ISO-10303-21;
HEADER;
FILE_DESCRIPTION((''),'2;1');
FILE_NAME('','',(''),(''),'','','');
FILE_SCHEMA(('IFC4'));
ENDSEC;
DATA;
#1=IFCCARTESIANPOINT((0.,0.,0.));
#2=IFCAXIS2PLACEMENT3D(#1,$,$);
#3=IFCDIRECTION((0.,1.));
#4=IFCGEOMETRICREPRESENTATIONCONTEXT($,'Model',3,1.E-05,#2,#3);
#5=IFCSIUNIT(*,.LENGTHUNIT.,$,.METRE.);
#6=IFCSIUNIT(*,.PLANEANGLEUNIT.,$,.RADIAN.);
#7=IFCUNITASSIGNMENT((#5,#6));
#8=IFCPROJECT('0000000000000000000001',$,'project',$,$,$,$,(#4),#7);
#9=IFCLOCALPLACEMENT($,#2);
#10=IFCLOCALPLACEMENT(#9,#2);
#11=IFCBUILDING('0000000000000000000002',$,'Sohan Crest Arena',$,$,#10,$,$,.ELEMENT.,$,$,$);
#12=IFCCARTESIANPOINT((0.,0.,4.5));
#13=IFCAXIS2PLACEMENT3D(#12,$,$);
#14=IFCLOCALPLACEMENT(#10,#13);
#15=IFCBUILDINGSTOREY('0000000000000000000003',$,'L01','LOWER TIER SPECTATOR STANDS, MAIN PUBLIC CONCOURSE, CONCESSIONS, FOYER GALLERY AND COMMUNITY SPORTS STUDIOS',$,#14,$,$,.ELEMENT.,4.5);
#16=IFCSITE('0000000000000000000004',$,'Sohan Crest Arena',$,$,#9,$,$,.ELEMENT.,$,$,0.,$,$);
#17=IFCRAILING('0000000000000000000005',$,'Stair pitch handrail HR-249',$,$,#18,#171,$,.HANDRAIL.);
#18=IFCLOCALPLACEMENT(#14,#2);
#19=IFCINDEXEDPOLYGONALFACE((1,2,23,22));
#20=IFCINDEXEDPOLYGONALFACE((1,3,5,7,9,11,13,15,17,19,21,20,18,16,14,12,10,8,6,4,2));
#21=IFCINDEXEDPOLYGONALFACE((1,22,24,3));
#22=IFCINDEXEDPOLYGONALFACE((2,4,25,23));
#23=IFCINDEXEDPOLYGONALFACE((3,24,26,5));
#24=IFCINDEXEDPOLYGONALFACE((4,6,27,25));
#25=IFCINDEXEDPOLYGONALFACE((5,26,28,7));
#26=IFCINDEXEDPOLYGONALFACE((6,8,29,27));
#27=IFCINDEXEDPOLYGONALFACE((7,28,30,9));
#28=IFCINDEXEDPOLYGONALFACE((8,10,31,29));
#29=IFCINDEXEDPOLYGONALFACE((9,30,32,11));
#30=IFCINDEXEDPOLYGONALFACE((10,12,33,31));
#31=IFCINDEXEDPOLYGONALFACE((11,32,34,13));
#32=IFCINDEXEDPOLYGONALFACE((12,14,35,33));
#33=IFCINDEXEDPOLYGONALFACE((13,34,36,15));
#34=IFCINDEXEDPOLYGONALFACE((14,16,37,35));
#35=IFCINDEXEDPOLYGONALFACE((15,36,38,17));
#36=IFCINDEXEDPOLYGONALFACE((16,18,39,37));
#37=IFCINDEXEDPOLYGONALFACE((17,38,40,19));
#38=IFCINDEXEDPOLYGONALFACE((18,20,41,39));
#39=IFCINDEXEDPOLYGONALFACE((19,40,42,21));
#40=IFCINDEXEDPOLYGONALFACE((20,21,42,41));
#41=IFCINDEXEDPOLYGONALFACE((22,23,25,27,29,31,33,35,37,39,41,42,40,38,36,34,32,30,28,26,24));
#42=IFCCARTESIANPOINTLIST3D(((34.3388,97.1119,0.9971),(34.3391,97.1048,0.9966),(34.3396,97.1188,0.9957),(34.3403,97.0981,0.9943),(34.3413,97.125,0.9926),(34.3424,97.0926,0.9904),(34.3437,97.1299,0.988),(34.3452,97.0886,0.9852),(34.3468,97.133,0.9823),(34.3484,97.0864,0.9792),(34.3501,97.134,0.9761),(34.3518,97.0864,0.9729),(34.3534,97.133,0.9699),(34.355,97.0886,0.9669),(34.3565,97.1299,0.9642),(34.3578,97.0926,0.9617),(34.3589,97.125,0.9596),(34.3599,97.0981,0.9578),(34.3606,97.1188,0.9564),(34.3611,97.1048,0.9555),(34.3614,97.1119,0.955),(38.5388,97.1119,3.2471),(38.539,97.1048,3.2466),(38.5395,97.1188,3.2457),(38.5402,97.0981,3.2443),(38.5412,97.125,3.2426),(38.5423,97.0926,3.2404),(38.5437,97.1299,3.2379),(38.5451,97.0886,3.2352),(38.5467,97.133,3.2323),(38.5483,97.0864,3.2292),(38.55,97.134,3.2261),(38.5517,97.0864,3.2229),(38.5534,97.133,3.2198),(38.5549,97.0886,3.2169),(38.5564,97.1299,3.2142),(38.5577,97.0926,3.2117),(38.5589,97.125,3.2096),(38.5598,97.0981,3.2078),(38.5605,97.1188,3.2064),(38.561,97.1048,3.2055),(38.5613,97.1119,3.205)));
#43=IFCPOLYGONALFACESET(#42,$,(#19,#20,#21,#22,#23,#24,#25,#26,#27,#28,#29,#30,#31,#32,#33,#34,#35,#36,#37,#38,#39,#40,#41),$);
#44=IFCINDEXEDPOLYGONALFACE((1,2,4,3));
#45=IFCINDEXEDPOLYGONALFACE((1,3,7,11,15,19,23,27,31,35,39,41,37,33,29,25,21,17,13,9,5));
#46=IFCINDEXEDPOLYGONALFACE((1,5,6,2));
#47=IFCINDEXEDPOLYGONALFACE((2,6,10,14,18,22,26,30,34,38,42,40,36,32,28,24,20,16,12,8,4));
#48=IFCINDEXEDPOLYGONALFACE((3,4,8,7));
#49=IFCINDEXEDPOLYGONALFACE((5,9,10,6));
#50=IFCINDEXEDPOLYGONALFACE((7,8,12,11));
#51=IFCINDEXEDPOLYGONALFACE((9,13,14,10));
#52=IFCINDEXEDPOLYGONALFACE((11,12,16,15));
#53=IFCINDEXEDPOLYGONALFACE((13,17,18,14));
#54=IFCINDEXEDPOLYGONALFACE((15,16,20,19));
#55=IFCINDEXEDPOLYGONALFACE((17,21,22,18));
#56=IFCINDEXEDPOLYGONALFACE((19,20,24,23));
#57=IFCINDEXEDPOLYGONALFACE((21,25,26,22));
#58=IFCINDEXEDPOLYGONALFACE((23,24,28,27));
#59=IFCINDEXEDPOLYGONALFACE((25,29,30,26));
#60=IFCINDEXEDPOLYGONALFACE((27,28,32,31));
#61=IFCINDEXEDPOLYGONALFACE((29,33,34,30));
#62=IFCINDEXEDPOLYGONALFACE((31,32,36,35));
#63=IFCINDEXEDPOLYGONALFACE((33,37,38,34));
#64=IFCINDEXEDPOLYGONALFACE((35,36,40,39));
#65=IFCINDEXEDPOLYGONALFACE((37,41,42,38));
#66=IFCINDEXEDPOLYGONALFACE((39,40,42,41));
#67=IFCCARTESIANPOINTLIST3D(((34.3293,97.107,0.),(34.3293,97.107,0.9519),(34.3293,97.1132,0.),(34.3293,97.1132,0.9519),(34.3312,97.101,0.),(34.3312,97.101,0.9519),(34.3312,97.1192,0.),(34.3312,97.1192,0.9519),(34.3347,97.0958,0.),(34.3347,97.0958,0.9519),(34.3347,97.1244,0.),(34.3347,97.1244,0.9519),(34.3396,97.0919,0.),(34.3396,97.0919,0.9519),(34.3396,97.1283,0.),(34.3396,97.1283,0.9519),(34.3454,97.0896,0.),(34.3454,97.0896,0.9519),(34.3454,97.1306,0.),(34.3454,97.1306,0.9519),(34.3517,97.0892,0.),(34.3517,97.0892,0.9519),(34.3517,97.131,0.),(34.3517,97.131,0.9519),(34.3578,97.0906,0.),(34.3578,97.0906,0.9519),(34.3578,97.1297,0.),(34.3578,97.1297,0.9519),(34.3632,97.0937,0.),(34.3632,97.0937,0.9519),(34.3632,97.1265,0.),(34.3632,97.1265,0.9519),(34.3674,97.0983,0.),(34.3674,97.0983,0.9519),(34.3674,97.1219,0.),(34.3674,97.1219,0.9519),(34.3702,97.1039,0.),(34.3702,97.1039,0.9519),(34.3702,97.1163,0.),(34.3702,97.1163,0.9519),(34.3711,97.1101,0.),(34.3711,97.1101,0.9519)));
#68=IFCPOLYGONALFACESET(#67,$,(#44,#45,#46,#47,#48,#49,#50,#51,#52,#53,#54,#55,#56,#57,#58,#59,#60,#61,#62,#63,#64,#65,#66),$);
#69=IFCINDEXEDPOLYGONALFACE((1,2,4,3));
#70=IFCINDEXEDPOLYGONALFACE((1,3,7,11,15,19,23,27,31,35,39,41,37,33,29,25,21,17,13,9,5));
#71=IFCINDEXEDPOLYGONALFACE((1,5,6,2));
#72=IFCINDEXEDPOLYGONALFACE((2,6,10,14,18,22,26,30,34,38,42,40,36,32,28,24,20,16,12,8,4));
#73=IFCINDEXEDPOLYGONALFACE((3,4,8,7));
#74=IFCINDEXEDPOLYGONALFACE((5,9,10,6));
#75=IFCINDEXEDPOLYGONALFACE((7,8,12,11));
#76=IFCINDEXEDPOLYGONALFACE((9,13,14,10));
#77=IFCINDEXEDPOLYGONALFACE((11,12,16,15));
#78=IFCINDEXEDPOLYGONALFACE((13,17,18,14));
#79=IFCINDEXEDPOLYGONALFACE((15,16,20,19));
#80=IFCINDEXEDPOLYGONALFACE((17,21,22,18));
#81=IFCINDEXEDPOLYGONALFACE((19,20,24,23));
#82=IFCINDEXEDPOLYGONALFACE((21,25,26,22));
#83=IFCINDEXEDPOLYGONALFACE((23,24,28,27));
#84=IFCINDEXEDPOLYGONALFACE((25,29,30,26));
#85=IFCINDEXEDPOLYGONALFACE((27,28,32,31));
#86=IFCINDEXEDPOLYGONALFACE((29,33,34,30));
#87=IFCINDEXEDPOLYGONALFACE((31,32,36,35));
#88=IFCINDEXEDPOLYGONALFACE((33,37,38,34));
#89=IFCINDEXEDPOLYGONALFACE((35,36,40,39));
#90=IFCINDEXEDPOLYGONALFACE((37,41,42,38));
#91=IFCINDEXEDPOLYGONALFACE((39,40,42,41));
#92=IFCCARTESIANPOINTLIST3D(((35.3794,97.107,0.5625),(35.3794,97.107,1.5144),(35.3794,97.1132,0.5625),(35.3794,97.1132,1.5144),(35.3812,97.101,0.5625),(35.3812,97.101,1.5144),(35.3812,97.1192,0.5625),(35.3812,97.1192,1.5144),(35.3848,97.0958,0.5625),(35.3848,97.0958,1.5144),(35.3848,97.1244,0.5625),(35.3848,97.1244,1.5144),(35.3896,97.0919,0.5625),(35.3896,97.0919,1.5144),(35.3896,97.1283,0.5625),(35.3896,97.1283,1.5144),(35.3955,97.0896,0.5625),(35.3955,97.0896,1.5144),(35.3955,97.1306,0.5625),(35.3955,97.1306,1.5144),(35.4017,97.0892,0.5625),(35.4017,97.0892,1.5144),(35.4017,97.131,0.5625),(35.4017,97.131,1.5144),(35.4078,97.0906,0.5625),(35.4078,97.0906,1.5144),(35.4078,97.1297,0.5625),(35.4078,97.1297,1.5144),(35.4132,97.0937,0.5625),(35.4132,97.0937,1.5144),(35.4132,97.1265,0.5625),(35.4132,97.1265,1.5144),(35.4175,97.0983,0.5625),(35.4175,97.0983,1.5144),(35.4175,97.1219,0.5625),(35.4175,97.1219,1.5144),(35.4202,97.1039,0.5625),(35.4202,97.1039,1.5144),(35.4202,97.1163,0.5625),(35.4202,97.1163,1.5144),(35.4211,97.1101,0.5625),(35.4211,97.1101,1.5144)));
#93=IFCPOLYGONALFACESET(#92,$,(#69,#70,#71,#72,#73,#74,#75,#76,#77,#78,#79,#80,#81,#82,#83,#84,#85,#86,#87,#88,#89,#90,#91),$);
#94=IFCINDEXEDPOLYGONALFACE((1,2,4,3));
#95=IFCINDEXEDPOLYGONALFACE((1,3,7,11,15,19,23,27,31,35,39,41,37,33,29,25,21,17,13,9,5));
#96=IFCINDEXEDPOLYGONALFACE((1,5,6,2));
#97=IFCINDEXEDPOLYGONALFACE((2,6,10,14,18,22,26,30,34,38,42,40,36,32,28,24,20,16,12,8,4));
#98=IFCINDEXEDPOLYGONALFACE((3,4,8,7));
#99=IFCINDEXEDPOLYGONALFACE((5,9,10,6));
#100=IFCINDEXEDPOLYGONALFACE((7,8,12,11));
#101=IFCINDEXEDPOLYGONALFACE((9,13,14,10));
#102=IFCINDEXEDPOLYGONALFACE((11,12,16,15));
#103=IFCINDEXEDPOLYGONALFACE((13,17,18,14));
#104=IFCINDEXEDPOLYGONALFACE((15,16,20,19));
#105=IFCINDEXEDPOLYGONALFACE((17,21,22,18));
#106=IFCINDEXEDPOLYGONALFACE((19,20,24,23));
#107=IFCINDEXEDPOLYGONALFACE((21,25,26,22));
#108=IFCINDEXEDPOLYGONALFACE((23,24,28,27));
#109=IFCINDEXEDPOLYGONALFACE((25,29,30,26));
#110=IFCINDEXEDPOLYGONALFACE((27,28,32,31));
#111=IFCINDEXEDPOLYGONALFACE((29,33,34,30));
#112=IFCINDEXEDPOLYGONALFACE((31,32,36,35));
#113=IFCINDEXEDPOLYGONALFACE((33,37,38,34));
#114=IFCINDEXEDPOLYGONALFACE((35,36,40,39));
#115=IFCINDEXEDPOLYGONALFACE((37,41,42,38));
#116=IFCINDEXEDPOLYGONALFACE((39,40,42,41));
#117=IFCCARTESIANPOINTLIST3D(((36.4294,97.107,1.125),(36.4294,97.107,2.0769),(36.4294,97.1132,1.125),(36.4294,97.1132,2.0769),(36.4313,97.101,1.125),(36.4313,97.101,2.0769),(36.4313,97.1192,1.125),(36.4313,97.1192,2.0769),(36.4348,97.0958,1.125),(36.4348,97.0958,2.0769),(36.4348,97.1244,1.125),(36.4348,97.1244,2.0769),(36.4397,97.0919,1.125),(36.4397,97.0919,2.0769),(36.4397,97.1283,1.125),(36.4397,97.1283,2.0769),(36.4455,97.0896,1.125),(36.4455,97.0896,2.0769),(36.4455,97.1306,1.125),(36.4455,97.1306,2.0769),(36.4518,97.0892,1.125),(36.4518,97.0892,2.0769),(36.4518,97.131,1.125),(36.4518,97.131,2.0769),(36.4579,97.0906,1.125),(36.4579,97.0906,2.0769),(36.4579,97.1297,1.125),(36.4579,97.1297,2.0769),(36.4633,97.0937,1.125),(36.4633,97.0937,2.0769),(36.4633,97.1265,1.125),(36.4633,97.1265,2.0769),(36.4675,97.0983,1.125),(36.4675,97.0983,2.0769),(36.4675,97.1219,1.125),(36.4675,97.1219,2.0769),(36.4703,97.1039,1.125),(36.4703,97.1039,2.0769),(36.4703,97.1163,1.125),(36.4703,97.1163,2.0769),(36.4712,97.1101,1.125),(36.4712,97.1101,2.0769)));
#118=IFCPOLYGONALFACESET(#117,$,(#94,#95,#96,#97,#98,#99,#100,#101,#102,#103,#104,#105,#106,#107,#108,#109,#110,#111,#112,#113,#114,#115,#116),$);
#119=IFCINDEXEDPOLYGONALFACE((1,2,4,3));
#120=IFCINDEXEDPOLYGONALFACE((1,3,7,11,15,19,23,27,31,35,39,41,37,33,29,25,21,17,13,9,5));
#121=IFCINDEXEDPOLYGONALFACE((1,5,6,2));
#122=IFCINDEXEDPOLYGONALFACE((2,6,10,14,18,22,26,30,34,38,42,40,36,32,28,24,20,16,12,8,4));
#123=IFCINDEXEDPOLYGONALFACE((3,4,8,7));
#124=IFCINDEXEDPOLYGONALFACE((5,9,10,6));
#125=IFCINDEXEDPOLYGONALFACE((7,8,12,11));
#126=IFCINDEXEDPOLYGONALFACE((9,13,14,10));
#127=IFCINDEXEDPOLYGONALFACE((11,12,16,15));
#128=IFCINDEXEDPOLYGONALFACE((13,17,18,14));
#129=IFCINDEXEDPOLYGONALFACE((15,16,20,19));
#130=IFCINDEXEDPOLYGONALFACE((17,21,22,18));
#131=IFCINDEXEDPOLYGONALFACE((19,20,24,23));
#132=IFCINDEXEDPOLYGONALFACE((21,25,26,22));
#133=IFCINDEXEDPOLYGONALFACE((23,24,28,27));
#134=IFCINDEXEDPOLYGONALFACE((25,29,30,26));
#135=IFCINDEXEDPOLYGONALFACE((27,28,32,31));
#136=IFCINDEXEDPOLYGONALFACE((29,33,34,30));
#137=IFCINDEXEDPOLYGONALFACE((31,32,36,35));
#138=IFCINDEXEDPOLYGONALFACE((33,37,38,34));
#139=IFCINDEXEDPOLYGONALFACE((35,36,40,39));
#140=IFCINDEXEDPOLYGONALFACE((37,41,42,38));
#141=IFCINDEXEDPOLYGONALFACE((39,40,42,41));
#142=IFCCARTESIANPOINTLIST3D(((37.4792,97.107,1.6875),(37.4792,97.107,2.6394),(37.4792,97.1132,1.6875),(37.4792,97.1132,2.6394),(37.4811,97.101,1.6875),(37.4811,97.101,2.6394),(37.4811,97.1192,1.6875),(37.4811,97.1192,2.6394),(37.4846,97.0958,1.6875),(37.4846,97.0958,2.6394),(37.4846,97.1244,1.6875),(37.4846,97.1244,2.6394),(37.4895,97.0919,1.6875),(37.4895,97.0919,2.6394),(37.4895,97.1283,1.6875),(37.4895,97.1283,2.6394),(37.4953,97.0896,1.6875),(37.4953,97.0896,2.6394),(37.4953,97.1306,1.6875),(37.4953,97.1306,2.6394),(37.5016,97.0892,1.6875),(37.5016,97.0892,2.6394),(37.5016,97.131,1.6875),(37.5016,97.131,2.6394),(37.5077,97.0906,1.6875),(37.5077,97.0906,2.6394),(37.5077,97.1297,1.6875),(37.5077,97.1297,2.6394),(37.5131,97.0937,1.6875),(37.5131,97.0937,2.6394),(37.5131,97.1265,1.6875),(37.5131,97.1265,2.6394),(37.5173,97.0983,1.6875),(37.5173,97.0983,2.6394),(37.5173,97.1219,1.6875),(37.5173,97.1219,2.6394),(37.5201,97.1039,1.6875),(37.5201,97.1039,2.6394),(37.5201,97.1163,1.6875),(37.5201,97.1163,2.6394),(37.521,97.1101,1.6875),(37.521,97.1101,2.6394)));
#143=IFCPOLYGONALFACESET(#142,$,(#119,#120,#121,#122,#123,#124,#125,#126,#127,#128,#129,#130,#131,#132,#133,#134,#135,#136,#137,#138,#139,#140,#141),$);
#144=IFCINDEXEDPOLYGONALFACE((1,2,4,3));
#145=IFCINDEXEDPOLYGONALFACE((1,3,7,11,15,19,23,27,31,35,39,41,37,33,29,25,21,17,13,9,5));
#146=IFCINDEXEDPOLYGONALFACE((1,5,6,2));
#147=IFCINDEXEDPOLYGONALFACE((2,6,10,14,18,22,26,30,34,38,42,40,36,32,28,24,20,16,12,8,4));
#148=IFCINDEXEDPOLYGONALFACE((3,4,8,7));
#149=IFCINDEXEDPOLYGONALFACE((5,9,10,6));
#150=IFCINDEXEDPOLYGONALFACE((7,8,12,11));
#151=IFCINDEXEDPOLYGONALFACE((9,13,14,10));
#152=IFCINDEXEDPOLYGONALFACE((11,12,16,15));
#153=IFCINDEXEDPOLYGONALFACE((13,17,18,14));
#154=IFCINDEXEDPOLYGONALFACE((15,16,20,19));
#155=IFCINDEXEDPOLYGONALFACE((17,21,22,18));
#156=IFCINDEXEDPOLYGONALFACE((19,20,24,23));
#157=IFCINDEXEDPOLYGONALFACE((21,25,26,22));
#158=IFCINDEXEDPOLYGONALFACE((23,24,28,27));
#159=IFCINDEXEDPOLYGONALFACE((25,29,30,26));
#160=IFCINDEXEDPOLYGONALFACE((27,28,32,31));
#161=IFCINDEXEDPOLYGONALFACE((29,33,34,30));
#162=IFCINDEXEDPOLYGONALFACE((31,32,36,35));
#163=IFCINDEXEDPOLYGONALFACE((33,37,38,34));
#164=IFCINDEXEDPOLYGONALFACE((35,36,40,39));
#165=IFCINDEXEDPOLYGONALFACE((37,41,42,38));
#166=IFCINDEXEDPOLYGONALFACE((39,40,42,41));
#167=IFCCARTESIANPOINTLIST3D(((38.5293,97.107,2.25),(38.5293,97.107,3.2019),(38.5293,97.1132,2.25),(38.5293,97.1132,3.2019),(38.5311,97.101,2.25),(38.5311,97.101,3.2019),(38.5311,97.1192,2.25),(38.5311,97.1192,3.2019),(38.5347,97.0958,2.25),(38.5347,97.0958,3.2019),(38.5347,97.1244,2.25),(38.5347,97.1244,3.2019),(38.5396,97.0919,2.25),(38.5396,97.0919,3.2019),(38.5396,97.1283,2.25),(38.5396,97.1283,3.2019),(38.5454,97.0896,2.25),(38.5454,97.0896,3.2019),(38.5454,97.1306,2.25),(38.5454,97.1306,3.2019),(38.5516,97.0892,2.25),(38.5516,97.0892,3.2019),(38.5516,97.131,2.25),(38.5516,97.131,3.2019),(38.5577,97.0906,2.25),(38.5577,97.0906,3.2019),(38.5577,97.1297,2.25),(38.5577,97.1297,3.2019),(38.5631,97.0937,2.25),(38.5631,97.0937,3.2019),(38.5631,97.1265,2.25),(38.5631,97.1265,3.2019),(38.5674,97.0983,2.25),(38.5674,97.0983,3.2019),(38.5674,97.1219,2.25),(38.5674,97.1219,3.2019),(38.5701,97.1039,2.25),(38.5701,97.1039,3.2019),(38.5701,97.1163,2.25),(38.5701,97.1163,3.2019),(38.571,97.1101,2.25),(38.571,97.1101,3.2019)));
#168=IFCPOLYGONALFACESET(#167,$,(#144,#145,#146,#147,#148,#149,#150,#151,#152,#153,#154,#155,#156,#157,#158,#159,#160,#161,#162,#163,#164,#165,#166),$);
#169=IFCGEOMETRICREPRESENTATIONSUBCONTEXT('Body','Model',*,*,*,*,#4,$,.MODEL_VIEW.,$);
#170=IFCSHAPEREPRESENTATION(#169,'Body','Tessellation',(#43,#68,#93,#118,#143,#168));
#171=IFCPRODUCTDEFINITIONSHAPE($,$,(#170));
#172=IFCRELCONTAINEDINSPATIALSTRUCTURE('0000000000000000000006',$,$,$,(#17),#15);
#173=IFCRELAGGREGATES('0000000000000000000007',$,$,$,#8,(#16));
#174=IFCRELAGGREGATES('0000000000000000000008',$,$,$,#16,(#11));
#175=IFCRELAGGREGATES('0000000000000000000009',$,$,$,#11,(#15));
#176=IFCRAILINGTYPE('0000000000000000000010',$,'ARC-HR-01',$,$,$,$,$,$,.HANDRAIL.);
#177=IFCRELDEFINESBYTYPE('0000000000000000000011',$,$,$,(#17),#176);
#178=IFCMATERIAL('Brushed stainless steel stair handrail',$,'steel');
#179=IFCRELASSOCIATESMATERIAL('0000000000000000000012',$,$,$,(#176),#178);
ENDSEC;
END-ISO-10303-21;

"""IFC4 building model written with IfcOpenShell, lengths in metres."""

from ifc_helpers import new_model, si_unit, direction, frame, origin, origin_2d, place, context, subcontext, project, spatial, circle, extrude, material, type_object, element, save


model = new_model("IFC4")

# Units and contexts
model_context = context("Model", 3, precision=1e-05, world=origin(), true_north=direction((0.0, 1.0)))
body_context = subcontext(model_context, "Body", "Model", "MODEL_VIEW")
ifc_project = project(units=[si_unit("LENGTHUNIT", "METRE"), si_unit("PLANEANGLEUNIT", "RADIAN")], contexts=[model_context])

# Site, building, storey
site_placement = place(None, origin())
site = spatial("IfcSite", under=ifc_project, at=site_placement, Name="Sohan Crest Arena", CompositionType="ELEMENT", RefElevation=0.0)
building_placement = place(site_placement, origin())
building = spatial("IfcBuilding", under=site, at=building_placement, Name="Sohan Crest Arena", CompositionType="ELEMENT")
storey_placement = place(building_placement, frame((0.0, 0.0, 4.5)))
storey = spatial("IfcBuildingStorey", under=building, at=storey_placement, Name="L01", Description="LOWER TIER SPECTATOR STANDS, MAIN PUBLIC CONCOURSE, CONCESSIONS, FOYER GALLERY AND COMMUNITY SPORTS STUDIOS", CompositionType="ELEMENT", Elevation=4.5)

# Railing
ifc_material_1 = material(Name="Brushed stainless steel stair handrail", Category="steel")
railing_type = type_object("IfcRailingType", Name="ARC-HR-01", PredefinedType="HANDRAIL", material=ifc_material_1)
for number, where, name in (
    (1, (34.3501, 97.1101, 0.0), "Stair pitch handrail HR-249"),
):
    element("IfcRailing", number, at=place(storey_placement, frame(where)), inside=storey, type_object=railing_type, Name=name, PredefinedType="HANDRAIL", context=body_context, shape_type="SweptSolid", body=[
        extrude(circle(Radius=0.0239, at=origin_2d()), frame((0.0, 0.0, 0.9761), z_axis=(0.881478, 0.0, 0.472226), x_axis=(0.0, 1.0, 0.0)), (0.0, 0.0, 1.0), 4.7646),
        extrude(circle(Radius=0.021, at=origin_2d()), origin(), (0.0, 0.0, 1.0), 0.9519),
        extrude(circle(Radius=0.021, at=origin_2d()), frame((1.05, 0.0, 0.5625)), (0.0, 0.0, 1.0), 0.9519),
        extrude(circle(Radius=0.021, at=origin_2d()), frame((2.1001, 0.0, 1.125)), (0.0, 0.0, 1.0), 0.9519),
        extrude(circle(Radius=0.021, at=origin_2d()), frame((3.1499, 0.0, 1.6875)), (0.0, 0.0, 1.0), 0.9519),
        extrude(circle(Radius=0.021, at=origin_2d()), frame((4.2, 0.0, 2.25)), (0.0, 0.0, 1.0), 0.9519),
    ])

save(model, "model.ifc")
